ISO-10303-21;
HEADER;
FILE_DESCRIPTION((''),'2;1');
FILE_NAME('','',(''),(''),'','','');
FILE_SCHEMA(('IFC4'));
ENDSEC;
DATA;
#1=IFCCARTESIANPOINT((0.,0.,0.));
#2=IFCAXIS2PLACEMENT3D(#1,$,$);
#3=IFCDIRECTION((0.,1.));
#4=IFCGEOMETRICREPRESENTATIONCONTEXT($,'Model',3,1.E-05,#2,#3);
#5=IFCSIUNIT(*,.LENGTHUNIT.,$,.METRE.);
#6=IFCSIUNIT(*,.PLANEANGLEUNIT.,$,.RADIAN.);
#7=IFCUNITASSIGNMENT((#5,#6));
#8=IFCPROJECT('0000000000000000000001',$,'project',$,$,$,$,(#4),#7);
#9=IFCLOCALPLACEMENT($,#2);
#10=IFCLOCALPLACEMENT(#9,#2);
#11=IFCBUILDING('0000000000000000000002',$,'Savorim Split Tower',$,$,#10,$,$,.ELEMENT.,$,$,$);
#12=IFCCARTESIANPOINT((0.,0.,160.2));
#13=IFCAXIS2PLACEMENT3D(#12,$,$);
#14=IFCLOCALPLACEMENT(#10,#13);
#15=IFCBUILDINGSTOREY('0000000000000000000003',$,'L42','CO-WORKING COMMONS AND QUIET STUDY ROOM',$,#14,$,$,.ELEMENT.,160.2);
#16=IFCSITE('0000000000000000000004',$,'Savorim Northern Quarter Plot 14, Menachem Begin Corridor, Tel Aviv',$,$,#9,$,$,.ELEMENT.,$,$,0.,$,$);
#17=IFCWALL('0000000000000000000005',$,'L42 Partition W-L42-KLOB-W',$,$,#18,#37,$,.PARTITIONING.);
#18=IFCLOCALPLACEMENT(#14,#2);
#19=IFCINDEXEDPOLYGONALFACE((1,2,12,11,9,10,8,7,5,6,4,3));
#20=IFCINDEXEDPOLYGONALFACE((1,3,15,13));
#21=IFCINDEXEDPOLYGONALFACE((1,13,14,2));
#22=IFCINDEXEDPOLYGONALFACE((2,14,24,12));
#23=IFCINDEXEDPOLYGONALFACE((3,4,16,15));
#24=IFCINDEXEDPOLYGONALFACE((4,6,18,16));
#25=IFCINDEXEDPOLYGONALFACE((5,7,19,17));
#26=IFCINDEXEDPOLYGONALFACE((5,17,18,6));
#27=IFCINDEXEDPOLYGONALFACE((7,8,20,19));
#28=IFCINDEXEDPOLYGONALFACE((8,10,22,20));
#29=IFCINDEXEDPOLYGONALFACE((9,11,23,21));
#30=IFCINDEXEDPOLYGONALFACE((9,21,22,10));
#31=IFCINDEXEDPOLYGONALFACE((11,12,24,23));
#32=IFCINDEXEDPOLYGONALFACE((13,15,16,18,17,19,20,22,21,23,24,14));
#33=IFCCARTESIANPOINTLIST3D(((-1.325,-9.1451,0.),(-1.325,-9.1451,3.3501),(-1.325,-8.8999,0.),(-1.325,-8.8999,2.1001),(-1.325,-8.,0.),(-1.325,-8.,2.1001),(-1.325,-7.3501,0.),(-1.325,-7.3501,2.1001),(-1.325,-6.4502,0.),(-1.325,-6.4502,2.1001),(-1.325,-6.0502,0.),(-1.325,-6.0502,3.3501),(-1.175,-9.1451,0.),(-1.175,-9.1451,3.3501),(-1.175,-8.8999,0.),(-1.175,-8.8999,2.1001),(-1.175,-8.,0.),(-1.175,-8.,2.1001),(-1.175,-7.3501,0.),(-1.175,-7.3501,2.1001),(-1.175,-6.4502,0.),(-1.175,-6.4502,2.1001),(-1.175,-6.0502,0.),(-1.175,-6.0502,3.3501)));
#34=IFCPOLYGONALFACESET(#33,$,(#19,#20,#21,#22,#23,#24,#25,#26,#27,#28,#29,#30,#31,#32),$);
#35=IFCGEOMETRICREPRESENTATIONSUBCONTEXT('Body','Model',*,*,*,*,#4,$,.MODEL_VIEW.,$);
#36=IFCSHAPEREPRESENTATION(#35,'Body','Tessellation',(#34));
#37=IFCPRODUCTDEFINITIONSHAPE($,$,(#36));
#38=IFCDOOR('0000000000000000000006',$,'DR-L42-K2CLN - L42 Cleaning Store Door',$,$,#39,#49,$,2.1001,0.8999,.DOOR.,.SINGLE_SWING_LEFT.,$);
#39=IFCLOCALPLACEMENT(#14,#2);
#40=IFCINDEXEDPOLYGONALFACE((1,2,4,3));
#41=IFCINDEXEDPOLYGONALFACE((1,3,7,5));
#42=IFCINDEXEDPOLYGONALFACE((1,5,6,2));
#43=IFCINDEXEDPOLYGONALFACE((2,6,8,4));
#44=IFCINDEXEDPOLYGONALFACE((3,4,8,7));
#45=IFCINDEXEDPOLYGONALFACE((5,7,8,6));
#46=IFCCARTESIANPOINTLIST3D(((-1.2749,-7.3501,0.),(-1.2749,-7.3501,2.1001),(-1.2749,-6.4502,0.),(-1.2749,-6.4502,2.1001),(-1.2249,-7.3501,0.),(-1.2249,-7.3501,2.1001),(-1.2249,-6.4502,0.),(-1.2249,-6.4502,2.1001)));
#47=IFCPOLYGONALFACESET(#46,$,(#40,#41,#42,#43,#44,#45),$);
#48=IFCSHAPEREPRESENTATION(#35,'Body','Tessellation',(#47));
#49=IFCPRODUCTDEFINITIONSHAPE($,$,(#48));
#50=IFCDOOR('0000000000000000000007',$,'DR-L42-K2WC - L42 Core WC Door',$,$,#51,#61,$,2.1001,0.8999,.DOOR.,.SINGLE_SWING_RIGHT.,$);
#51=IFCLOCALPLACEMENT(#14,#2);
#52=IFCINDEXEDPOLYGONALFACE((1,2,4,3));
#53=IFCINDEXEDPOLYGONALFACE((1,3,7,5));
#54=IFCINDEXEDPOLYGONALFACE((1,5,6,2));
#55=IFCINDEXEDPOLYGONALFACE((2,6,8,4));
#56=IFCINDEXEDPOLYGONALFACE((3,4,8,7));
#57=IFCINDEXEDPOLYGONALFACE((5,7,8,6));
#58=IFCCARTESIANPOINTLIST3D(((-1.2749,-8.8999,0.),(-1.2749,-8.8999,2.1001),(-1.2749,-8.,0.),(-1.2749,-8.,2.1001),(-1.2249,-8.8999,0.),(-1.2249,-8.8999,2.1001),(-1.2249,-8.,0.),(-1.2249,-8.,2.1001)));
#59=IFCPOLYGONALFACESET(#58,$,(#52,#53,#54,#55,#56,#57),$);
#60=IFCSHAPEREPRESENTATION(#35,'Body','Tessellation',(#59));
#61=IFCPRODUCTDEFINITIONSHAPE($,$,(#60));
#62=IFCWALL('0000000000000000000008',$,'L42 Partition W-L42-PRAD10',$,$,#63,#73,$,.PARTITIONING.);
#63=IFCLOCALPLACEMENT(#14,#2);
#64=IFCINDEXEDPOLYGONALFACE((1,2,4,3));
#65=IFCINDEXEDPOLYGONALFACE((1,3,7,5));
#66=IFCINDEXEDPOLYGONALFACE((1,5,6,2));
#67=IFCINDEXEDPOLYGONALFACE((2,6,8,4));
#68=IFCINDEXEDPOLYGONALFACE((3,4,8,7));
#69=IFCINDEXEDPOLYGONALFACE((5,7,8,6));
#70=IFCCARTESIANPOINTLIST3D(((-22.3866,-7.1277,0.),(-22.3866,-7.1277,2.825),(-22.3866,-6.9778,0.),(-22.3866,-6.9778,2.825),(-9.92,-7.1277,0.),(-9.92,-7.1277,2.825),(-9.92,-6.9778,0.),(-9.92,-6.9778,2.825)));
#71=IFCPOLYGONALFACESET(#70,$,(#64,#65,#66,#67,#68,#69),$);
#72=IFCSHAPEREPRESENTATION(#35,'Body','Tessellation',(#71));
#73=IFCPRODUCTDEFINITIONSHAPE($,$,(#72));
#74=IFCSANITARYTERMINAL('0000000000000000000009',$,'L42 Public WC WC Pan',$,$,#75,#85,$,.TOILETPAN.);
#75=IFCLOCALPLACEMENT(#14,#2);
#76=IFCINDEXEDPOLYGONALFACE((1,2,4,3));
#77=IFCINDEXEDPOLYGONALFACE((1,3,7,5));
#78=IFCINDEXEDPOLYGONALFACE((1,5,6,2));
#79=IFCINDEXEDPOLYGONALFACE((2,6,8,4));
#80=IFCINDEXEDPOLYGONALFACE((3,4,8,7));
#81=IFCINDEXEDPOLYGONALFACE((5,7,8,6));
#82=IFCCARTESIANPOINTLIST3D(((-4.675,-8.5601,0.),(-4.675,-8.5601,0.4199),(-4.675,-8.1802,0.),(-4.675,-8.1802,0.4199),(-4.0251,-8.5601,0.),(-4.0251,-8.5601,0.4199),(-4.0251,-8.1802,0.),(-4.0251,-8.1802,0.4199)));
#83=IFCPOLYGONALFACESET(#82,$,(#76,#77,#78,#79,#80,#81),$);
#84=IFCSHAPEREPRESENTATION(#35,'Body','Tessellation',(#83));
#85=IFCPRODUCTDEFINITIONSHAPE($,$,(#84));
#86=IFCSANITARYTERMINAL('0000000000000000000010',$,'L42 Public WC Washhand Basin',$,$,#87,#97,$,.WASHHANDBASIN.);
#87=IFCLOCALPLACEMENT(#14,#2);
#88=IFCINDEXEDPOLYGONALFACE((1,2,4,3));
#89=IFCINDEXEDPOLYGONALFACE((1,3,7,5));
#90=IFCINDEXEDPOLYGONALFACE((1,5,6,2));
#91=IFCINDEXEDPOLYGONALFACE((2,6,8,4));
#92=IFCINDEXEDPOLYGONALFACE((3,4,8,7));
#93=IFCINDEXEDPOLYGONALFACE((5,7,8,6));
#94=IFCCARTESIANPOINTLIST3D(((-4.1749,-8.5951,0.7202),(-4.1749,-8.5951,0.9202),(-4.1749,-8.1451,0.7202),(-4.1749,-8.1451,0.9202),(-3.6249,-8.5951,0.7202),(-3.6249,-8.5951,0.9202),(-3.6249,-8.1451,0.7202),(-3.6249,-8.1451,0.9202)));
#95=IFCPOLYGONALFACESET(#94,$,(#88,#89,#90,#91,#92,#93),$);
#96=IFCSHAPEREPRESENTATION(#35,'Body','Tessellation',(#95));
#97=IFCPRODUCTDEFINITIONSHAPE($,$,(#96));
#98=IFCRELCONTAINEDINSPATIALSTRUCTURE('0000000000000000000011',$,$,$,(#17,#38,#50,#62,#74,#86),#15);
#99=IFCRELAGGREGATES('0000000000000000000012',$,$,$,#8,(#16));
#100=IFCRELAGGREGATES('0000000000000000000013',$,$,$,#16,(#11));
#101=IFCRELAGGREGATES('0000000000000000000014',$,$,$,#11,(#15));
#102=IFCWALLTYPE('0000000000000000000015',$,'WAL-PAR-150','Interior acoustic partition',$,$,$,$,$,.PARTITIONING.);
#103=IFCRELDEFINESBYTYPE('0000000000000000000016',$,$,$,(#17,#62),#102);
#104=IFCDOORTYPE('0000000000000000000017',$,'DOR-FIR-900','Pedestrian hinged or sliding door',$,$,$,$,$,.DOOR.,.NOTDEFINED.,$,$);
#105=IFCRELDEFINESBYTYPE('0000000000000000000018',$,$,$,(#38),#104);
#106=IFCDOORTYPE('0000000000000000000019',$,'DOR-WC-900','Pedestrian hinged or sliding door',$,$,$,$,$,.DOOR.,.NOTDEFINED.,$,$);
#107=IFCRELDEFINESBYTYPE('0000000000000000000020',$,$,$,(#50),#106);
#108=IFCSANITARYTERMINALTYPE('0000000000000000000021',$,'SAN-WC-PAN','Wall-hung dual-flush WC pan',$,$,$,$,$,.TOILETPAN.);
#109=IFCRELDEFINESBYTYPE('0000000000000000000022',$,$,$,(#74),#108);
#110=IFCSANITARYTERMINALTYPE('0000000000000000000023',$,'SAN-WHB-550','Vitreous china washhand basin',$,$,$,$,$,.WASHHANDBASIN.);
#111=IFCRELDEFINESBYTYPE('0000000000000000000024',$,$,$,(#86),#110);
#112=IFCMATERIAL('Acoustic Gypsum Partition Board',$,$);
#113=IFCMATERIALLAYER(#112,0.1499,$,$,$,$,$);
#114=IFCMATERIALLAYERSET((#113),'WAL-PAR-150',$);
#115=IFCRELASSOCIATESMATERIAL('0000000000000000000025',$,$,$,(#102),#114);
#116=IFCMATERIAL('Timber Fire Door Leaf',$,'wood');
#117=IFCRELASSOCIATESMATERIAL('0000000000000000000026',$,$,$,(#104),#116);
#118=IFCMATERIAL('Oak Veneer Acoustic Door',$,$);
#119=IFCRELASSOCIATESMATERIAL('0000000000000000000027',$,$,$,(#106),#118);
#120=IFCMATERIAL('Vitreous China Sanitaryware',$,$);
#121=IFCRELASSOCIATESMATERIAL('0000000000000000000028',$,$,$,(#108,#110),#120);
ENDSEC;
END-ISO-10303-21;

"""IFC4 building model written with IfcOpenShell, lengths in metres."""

from ifc_helpers import new_model, si_unit, direction, frame, frame_2d, origin, origin_2d, place, context, subcontext, project, spatial, rectangle, extrude, material, layer, layer_set, type_object, element, fill, save


model = new_model("IFC4")

# Units and contexts
model_context = context("Model", 3, precision=1e-05, world=origin(), true_north=direction((0.0, 1.0)))
body_context = subcontext(model_context, "Body", "Model", "MODEL_VIEW")
ifc_project = project(units=[si_unit("LENGTHUNIT", "METRE"), si_unit("PLANEANGLEUNIT", "RADIAN")], contexts=[model_context])

# Site, building, storey
site_placement = place(None, origin())
site = spatial("IfcSite", under=ifc_project, at=site_placement, Name="Savorim Northern Quarter Plot 14, Menachem Begin Corridor, Tel Aviv", CompositionType="ELEMENT", RefElevation=0.0)
building_placement = place(site_placement, origin())
building = spatial("IfcBuilding", under=site, at=building_placement, Name="Savorim Split Tower", CompositionType="ELEMENT")
storey_placement = place(building_placement, frame((0.0, 0.0, 160.2)))
storey = spatial("IfcBuildingStorey", under=building, at=storey_placement, Name="L42", Description="CO-WORKING COMMONS AND QUIET STUDY ROOM", CompositionType="ELEMENT", Elevation=160.2)

# Shared definitions
ifc_material_1 = material(Name="Timber Fire Door Leaf", Category="wood")

# Wall, openings, doors
ifc_material_2 = material(Name="Acoustic Gypsum Partition Board")
ifc_layer_1 = layer(ifc_material_2, 0.1499)
ifc_layer_set_1 = layer_set([ifc_layer_1], Name="WAL-PAR-150")
wall_type_1 = type_object("IfcWallType", Name="WAL-PAR-150", Description="Interior acoustic partition", PredefinedType="PARTITIONING", material=ifc_layer_set_1)
wall_1_placement = place(storey_placement, frame((-1.25, -9.145, 0.0), z_axis=(0.0, 0.0, 1.0), x_axis=(0.0, 1.0, 0.0)))
wall_1 = element("IfcWall", 1, at=wall_1_placement, inside=storey, type_object=wall_type_1, Name="L42 Partition W-L42-KLOB-W", PredefinedType="PARTITIONING", context=body_context, shape_type="SweptSolid", body=[
    extrude(rectangle(XDim=3.095, YDim=0.1499, at=frame_2d((1.5474, 0.0))), origin(), (0.0, 0.0, 1.0), 3.3501),
])
opening_1_placement = place(wall_1_placement, frame((1.7949, 0.0, 0.0)))
opening_1 = element("IfcOpeningElement", 2, at=opening_1_placement, cuts=wall_1, PredefinedType="OPENING", context=body_context, shape_type="SweptSolid", body=[
    extrude(rectangle(XDim=0.8999, YDim=2.1001, at=frame_2d((0.45, 1.05))), frame((0.0, 0.085, 0.0), z_axis=(0.0, -1.0, 0.0), x_axis=(1.0, 0.0, 0.0)), (0.0, 0.0, 1.0), 0.1699),
])
opening_2_placement = place(wall_1_placement, frame((0.2451, 0.0, 0.0)))
opening_2 = element("IfcOpeningElement", 3, at=opening_2_placement, cuts=wall_1, PredefinedType="OPENING", context=body_context, shape_type="SweptSolid", body=[
    extrude(rectangle(XDim=0.8999, YDim=2.1001, at=frame_2d((0.45, 1.05))), frame((0.0, 0.085, 0.0), z_axis=(0.0, -1.0, 0.0), x_axis=(1.0, 0.0, 0.0)), (0.0, 0.0, 1.0), 0.1699),
])
door_type_1 = type_object("IfcDoorType", Name="DOR-FIR-900", Description="Pedestrian hinged or sliding door", OperationType="NOTDEFINED", PredefinedType="DOOR", material=ifc_material_1)
door_1_placement = place(opening_1_placement, origin())
door_1 = element("IfcDoor", 4, at=door_1_placement, inside=storey, type_object=door_type_1, Name="DR-L42-K2CLN - L42 Cleaning Store Door", OperationType="SINGLE_SWING_LEFT", OverallHeight=2.1001, OverallWidth=0.8999, PredefinedType="DOOR", context=body_context, shape_type="SweptSolid", body=[
    extrude(rectangle(XDim=0.8999, YDim=2.1001, at=frame_2d((0.45, 1.05))), frame((0.0, 0.0249, 0.0), z_axis=(0.0, -1.0, 0.0), x_axis=(1.0, 0.0, 0.0)), (0.0, 0.0, 1.0), 0.05),
])
fill(opening_1, door_1)
ifc_material_3 = material(Name="Oak Veneer Acoustic Door")
door_type_2 = type_object("IfcDoorType", Name="DOR-WC-900", Description="Pedestrian hinged or sliding door", OperationType="NOTDEFINED", PredefinedType="DOOR", material=ifc_material_3)
door_2_placement = place(opening_2_placement, origin())
door_2 = element("IfcDoor", 5, at=door_2_placement, inside=storey, type_object=door_type_2, Name="DR-L42-K2WC - L42 Core WC Door", OperationType="SINGLE_SWING_RIGHT", OverallHeight=2.1001, OverallWidth=0.8999, PredefinedType="DOOR", context=body_context, shape_type="SweptSolid", body=[
    extrude(rectangle(XDim=0.8999, YDim=2.1001, at=frame_2d((0.45, 1.05))), frame((0.0, 0.0249, 0.0), z_axis=(0.0, -1.0, 0.0), x_axis=(1.0, 0.0, 0.0)), (0.0, 0.0, 1.0), 0.05),
])
fill(opening_2, door_2)

# Wall
wall_2_placement = place(storey_placement, frame((-9.9199, -7.0527, 0.0), z_axis=(0.0, 0.0, 1.0), x_axis=(-1.0, 0.0, 0.0)))
element("IfcWall", 6, at=wall_2_placement, inside=storey, type_object=wall_type_1, Name="L42 Partition W-L42-PRAD10", PredefinedType="PARTITIONING", context=body_context, shape_type="SweptSolid", body=[
    extrude(rectangle(XDim=12.4666, YDim=0.1499, at=frame_2d((6.2334, 0.0))), origin(), (0.0, 0.0, 1.0), 2.825),
])

# Sanitary terminals
ifc_material_4 = material(Name="Vitreous China Sanitaryware")
sanitary_terminal_type_1 = type_object("IfcSanitaryTerminalType", Name="SAN-WC-PAN", Description="Wall-hung dual-flush WC pan", PredefinedType="TOILETPAN", material=ifc_material_4)
sanitary_terminal_1_placement = place(storey_placement, frame((-4.3501, -8.3701, 0.0), z_axis=(0.0, 0.0, 1.0), x_axis=(1.0, 0.0, 0.0)))
element("IfcSanitaryTerminal", 7, at=sanitary_terminal_1_placement, inside=storey, type_object=sanitary_terminal_type_1, Name="L42 Public WC WC Pan", PredefinedType="TOILETPAN", context=body_context, shape_type="SweptSolid", body=[
    extrude(rectangle(XDim=0.6499, YDim=0.3799, at=origin_2d()), origin(), (0.0, 0.0, 1.0), 0.4199),
])
sanitary_terminal_type_2 = type_object("IfcSanitaryTerminalType", Name="SAN-WHB-550", Description="Vitreous china washhand basin", PredefinedType="WASHHANDBASIN", material=ifc_material_4)
sanitary_terminal_2_placement = place(storey_placement, frame((-3.8999, -8.3701, 0.7202), z_axis=(0.0, 0.0, 1.0), x_axis=(1.0, 0.0, 0.0)))
element("IfcSanitaryTerminal", 8, at=sanitary_terminal_2_placement, inside=storey, type_object=sanitary_terminal_type_2, Name="L42 Public WC Washhand Basin", PredefinedType="WASHHANDBASIN", context=body_context, shape_type="SweptSolid", body=[
    extrude(rectangle(XDim=0.55, YDim=0.45, at=origin_2d()), origin(), (0.0, 0.0, 1.0), 0.2),
])

save(model, "model.ifc")
